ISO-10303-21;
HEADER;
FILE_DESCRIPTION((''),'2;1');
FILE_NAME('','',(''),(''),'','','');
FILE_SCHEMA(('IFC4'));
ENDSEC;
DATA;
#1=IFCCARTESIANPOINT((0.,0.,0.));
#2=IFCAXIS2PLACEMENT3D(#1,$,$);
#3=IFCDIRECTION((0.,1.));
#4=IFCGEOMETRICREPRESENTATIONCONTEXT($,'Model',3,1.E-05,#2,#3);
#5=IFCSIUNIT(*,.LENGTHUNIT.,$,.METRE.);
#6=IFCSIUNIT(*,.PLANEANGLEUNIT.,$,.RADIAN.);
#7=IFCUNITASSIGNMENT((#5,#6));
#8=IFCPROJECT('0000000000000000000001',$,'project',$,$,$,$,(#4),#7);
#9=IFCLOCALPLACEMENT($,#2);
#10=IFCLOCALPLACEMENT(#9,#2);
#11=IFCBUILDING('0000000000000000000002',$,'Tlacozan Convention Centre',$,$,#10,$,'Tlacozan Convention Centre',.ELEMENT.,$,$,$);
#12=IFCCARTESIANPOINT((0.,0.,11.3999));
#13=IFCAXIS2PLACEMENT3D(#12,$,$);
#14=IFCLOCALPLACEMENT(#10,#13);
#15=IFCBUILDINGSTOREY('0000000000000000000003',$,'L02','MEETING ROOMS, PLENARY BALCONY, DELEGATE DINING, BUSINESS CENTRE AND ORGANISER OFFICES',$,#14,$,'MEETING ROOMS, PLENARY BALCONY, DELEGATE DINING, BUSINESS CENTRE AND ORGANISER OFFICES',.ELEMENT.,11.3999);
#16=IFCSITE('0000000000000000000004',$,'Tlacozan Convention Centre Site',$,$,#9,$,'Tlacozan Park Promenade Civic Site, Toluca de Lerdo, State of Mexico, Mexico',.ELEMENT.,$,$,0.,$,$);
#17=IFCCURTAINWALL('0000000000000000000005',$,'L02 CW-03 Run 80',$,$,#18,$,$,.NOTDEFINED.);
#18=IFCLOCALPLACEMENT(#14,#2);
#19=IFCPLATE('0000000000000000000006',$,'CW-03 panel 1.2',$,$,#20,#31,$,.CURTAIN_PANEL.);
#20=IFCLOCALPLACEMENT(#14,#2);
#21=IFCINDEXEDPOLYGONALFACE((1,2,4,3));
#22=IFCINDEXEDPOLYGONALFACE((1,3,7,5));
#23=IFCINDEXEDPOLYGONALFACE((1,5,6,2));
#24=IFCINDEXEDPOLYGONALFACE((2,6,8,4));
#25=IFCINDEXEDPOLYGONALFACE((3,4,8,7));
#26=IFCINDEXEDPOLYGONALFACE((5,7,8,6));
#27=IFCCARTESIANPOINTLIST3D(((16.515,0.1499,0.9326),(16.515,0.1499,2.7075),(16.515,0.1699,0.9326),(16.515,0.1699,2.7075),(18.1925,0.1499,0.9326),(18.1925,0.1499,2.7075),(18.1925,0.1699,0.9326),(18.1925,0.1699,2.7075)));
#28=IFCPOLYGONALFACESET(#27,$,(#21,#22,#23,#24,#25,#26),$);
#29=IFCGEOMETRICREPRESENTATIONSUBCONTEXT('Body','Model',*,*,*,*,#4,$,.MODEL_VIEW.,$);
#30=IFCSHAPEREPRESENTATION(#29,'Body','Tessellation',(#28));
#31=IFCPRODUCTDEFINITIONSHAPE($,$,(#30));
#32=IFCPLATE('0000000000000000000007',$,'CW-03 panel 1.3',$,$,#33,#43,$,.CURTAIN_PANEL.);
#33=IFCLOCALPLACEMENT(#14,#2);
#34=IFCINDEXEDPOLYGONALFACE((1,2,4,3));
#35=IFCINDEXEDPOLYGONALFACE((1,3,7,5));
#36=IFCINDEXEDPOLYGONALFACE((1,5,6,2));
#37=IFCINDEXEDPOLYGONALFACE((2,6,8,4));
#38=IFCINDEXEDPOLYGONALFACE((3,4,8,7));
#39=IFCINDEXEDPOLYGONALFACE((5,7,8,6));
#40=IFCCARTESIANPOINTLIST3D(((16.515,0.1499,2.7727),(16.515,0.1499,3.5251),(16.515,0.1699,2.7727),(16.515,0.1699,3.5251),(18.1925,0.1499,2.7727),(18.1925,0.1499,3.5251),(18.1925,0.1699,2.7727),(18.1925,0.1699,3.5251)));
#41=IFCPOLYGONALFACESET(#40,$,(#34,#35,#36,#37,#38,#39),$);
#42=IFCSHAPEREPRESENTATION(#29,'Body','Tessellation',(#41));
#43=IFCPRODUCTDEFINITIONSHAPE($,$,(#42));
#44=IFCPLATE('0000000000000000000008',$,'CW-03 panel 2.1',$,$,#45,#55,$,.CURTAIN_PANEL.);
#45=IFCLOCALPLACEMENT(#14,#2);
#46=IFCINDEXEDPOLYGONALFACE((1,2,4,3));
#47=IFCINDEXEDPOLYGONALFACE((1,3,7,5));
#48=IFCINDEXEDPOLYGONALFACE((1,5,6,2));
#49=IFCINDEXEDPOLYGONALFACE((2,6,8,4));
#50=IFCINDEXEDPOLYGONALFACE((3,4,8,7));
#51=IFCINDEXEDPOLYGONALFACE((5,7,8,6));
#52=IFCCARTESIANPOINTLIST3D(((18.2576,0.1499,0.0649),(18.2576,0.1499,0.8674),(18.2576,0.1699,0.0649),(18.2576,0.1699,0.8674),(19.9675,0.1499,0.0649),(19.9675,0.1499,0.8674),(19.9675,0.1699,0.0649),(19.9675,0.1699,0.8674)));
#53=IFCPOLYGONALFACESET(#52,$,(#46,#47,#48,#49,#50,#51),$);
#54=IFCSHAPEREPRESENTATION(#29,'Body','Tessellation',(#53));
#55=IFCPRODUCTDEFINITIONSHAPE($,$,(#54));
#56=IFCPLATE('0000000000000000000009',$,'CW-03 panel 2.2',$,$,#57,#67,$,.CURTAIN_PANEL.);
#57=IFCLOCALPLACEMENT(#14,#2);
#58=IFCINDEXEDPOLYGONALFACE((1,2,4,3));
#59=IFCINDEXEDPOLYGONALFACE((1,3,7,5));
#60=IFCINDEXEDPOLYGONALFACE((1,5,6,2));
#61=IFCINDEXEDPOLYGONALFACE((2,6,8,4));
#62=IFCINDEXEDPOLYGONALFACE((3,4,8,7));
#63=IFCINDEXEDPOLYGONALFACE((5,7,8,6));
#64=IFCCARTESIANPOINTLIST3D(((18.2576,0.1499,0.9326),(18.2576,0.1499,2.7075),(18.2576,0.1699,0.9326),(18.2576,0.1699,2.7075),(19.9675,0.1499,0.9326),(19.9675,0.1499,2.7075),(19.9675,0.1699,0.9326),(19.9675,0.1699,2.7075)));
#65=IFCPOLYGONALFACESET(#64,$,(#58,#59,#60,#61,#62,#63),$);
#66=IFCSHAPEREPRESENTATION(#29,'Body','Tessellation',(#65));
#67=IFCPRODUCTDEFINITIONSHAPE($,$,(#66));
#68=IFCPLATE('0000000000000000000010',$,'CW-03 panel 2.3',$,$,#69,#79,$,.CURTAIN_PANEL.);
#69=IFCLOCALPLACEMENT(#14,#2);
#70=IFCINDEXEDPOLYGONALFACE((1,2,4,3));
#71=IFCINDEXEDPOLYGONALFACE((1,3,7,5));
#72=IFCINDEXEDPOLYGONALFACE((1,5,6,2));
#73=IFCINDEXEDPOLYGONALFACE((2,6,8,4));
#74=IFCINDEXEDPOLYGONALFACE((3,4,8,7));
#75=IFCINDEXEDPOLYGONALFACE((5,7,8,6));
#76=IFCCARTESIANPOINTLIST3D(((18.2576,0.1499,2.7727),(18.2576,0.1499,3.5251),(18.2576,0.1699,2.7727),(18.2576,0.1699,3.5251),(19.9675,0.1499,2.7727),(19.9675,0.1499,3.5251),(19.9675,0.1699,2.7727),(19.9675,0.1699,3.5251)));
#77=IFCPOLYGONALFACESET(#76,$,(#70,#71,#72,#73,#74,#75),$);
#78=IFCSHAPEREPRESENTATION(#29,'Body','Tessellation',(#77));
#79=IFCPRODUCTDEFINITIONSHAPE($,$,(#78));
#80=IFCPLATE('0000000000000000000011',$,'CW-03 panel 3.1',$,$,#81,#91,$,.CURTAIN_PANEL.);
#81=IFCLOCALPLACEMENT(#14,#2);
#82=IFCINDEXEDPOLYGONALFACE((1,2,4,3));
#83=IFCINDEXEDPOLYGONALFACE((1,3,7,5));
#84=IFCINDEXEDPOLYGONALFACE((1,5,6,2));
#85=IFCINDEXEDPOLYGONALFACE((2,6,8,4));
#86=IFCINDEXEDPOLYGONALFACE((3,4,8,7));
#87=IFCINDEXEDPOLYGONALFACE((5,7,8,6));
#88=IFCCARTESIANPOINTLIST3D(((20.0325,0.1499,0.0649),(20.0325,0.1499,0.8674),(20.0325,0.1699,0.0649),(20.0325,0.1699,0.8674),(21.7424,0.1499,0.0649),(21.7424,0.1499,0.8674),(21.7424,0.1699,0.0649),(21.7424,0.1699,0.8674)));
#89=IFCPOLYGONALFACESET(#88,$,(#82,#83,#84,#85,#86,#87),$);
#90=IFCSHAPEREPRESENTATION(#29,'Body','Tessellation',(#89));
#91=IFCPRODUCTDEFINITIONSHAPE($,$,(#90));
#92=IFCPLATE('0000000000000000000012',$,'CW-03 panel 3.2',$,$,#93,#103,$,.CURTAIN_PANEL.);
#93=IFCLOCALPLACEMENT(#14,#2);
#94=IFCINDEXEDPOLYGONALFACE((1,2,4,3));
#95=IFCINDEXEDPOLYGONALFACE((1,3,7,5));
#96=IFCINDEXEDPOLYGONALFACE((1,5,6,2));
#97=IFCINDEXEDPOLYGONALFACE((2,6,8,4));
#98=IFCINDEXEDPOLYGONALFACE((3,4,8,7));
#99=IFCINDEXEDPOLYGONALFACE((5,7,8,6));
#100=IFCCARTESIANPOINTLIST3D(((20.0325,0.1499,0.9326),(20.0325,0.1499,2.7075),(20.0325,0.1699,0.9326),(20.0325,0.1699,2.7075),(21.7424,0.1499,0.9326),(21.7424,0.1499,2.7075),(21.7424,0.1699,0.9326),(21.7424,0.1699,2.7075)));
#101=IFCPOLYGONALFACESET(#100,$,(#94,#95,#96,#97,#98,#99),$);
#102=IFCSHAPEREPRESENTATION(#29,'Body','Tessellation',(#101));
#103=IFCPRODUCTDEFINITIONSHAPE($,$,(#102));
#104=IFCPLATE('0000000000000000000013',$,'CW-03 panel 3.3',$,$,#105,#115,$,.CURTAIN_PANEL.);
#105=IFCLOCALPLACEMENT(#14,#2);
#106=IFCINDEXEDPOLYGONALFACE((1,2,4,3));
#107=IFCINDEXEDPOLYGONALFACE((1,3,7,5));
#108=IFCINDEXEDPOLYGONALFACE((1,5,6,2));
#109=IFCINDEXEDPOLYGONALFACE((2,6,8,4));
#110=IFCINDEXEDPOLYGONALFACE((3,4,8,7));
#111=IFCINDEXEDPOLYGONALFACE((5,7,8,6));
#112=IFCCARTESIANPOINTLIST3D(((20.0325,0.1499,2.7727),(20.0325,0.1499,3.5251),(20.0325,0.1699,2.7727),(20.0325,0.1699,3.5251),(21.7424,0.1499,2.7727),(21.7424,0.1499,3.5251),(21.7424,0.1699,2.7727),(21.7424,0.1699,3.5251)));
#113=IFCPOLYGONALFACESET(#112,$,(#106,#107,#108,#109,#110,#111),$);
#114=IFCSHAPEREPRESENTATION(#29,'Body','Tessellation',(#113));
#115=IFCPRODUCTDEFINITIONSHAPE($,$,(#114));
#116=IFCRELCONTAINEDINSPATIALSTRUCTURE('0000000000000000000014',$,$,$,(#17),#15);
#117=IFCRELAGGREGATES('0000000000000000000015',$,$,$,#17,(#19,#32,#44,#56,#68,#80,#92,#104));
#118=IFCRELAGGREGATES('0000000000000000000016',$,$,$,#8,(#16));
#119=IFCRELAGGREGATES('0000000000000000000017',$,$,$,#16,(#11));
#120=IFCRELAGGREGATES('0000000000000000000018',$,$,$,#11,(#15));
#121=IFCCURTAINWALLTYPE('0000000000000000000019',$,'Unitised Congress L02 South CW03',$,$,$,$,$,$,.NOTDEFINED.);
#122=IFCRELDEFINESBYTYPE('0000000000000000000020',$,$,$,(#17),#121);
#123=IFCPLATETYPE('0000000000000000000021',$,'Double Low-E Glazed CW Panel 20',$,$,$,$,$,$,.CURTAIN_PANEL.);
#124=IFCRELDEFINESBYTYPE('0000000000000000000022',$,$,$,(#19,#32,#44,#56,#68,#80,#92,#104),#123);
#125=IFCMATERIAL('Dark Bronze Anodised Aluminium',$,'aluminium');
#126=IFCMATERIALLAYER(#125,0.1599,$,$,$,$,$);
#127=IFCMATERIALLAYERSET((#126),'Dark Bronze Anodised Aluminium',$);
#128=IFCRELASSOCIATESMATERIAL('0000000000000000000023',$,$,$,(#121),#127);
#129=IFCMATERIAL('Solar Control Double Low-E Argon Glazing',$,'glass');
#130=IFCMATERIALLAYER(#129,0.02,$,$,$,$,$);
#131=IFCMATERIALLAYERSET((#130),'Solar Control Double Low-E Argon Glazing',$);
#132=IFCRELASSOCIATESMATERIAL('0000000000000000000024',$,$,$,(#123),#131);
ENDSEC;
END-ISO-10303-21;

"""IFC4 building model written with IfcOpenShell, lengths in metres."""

from ifc_helpers import new_model, si_unit, direction, frame, origin, origin_2d, place, context, subcontext, project, spatial, rectangle, extrude, material, layer, layer_set, type_object, element, aggregate, save


model = new_model("IFC4")

# Units and contexts
model_context = context("Model", 3, precision=1e-05, world=origin(), true_north=direction((0.0, 1.0)))
body_context = subcontext(model_context, "Body", "Model", "MODEL_VIEW")
ifc_project = project(units=[si_unit("LENGTHUNIT", "METRE"), si_unit("PLANEANGLEUNIT", "RADIAN")], contexts=[model_context])

# Site, building, storey
site_placement = place(None, origin())
site = spatial("IfcSite", under=ifc_project, at=site_placement, Name="Tlacozan Convention Centre Site", LongName="Tlacozan Park Promenade Civic Site, Toluca de Lerdo, State of Mexico, Mexico", CompositionType="ELEMENT", RefElevation=0.0)
building_placement = place(site_placement, origin())
building = spatial("IfcBuilding", under=site, at=building_placement, Name="Tlacozan Convention Centre", LongName="Tlacozan Convention Centre", CompositionType="ELEMENT")
storey_placement = place(building_placement, frame((0.0, 0.0, 11.3999)))
storey = spatial("IfcBuildingStorey", under=building, at=storey_placement, Name="L02", Description="MEETING ROOMS, PLENARY BALCONY, DELEGATE DINING, BUSINESS CENTRE AND ORGANISER OFFICES", LongName="MEETING ROOMS, PLENARY BALCONY, DELEGATE DINING, BUSINESS CENTRE AND ORGANISER OFFICES", CompositionType="ELEMENT", Elevation=11.3999)

# Curtain wall
ifc_material_1 = material(Name="Dark Bronze Anodised Aluminium", Category="aluminium")
ifc_layer_1 = layer(ifc_material_1, 0.1599)
ifc_layer_set_1 = layer_set([ifc_layer_1], Name="Dark Bronze Anodised Aluminium")
curtain_wall_type = type_object("IfcCurtainWallType", Name="Unitised Congress L02 South CW03", PredefinedType="NOTDEFINED", material=ifc_layer_set_1)
curtain_wall_placement = place(storey_placement, origin())
curtain_wall = element("IfcCurtainWall", 1, at=curtain_wall_placement, inside=storey, type_object=curtain_wall_type, Name="L02 CW-03 Run 80", PredefinedType="NOTDEFINED")

# Plates
ifc_material_2 = material(Name="Solar Control Double Low-E Argon Glazing", Category="glass")
ifc_layer_2 = layer(ifc_material_2, 0.02)
ifc_layer_set_2 = layer_set([ifc_layer_2], Name="Solar Control Double Low-E Argon Glazing")
plate_type = type_object("IfcPlateType", Name="Double Low-E Glazed CW Panel 20", PredefinedType="CURTAIN_PANEL", material=ifc_layer_set_2)
plate_1_placement = place(storey_placement, frame((17.3538, 0.1599, 0.9326), z_axis=(0.0, 0.0, 1.0), x_axis=(1.0, 0.0, 0.0)))
plate_1 = element("IfcPlate", 2, at=plate_1_placement, type_object=plate_type, Name="CW-03 panel 1.2", PredefinedType="CURTAIN_PANEL", context=body_context, shape_type="SweptSolid", body=[
    extrude(rectangle(XDim=1.6775, YDim=0.02, at=origin_2d()), origin(), (0.0, 0.0, 1.0), 1.7749),
])
plate_2_placement = place(storey_placement, frame((17.3538, 0.1599, 2.7727), z_axis=(0.0, 0.0, 1.0), x_axis=(1.0, 0.0, 0.0)))
plate_2 = element("IfcPlate", 3, at=plate_2_placement, type_object=plate_type, Name="CW-03 panel 1.3", PredefinedType="CURTAIN_PANEL", context=body_context, shape_type="SweptSolid", body=[
    extrude(rectangle(XDim=1.6775, YDim=0.02, at=origin_2d()), origin(), (0.0, 0.0, 1.0), 0.7524),
])
plate_3_placement = place(storey_placement, frame((19.1125, 0.1599, 0.0649), z_axis=(0.0, 0.0, 1.0), x_axis=(1.0, 0.0, 0.0)))
plate_3 = element("IfcPlate", 4, at=plate_3_placement, type_object=plate_type, Name="CW-03 panel 2.1", PredefinedType="CURTAIN_PANEL", context=body_context, shape_type="SweptSolid", body=[
    extrude(rectangle(XDim=1.71, YDim=0.02, at=origin_2d()), origin(), (0.0, 0.0, 1.0), 0.8025),
])
plate_4_placement = place(storey_placement, frame((19.1125, 0.1599, 0.9326), z_axis=(0.0, 0.0, 1.0), x_axis=(1.0, 0.0, 0.0)))
plate_4 = element("IfcPlate", 5, at=plate_4_placement, type_object=plate_type, Name="CW-03 panel 2.2", PredefinedType="CURTAIN_PANEL", context=body_context, shape_type="SweptSolid", body=[
    extrude(rectangle(XDim=1.71, YDim=0.02, at=origin_2d()), origin(), (0.0, 0.0, 1.0), 1.7749),
])
plate_5_placement = place(storey_placement, frame((19.1125, 0.1599, 2.7727), z_axis=(0.0, 0.0, 1.0), x_axis=(1.0, 0.0, 0.0)))
plate_5 = element("IfcPlate", 6, at=plate_5_placement, type_object=plate_type, Name="CW-03 panel 2.3", PredefinedType="CURTAIN_PANEL", context=body_context, shape_type="SweptSolid", body=[
    extrude(rectangle(XDim=1.71, YDim=0.02, at=origin_2d()), origin(), (0.0, 0.0, 1.0), 0.7524),
])
plate_6_placement = place(storey_placement, frame((20.8875, 0.1599, 0.0649), z_axis=(0.0, 0.0, 1.0), x_axis=(1.0, 0.0, 0.0)))
plate_6 = element("IfcPlate", 7, at=plate_6_placement, type_object=plate_type, Name="CW-03 panel 3.1", PredefinedType="CURTAIN_PANEL", context=body_context, shape_type="SweptSolid", body=[
    extrude(rectangle(XDim=1.71, YDim=0.02, at=origin_2d()), origin(), (0.0, 0.0, 1.0), 0.8025),
])
plate_7_placement = place(storey_placement, frame((20.8875, 0.1599, 0.9326), z_axis=(0.0, 0.0, 1.0), x_axis=(1.0, 0.0, 0.0)))
plate_7 = element("IfcPlate", 8, at=plate_7_placement, type_object=plate_type, Name="CW-03 panel 3.2", PredefinedType="CURTAIN_PANEL", context=body_context, shape_type="SweptSolid", body=[
    extrude(rectangle(XDim=1.71, YDim=0.02, at=origin_2d()), origin(), (0.0, 0.0, 1.0), 1.7749),
])
plate_8_placement = place(storey_placement, frame((20.8875, 0.1599, 2.7727), z_axis=(0.0, 0.0, 1.0), x_axis=(1.0, 0.0, 0.0)))
plate_8 = element("IfcPlate", 9, at=plate_8_placement, type_object=plate_type, Name="CW-03 panel 3.3", PredefinedType="CURTAIN_PANEL", context=body_context, shape_type="SweptSolid", body=[
    extrude(rectangle(XDim=1.71, YDim=0.02, at=origin_2d()), origin(), (0.0, 0.0, 1.0), 0.7524),
])
aggregate(curtain_wall, [plate_1, plate_2, plate_3, plate_4, plate_5, plate_6, plate_7, plate_8])

save(model, "model.ifc")
